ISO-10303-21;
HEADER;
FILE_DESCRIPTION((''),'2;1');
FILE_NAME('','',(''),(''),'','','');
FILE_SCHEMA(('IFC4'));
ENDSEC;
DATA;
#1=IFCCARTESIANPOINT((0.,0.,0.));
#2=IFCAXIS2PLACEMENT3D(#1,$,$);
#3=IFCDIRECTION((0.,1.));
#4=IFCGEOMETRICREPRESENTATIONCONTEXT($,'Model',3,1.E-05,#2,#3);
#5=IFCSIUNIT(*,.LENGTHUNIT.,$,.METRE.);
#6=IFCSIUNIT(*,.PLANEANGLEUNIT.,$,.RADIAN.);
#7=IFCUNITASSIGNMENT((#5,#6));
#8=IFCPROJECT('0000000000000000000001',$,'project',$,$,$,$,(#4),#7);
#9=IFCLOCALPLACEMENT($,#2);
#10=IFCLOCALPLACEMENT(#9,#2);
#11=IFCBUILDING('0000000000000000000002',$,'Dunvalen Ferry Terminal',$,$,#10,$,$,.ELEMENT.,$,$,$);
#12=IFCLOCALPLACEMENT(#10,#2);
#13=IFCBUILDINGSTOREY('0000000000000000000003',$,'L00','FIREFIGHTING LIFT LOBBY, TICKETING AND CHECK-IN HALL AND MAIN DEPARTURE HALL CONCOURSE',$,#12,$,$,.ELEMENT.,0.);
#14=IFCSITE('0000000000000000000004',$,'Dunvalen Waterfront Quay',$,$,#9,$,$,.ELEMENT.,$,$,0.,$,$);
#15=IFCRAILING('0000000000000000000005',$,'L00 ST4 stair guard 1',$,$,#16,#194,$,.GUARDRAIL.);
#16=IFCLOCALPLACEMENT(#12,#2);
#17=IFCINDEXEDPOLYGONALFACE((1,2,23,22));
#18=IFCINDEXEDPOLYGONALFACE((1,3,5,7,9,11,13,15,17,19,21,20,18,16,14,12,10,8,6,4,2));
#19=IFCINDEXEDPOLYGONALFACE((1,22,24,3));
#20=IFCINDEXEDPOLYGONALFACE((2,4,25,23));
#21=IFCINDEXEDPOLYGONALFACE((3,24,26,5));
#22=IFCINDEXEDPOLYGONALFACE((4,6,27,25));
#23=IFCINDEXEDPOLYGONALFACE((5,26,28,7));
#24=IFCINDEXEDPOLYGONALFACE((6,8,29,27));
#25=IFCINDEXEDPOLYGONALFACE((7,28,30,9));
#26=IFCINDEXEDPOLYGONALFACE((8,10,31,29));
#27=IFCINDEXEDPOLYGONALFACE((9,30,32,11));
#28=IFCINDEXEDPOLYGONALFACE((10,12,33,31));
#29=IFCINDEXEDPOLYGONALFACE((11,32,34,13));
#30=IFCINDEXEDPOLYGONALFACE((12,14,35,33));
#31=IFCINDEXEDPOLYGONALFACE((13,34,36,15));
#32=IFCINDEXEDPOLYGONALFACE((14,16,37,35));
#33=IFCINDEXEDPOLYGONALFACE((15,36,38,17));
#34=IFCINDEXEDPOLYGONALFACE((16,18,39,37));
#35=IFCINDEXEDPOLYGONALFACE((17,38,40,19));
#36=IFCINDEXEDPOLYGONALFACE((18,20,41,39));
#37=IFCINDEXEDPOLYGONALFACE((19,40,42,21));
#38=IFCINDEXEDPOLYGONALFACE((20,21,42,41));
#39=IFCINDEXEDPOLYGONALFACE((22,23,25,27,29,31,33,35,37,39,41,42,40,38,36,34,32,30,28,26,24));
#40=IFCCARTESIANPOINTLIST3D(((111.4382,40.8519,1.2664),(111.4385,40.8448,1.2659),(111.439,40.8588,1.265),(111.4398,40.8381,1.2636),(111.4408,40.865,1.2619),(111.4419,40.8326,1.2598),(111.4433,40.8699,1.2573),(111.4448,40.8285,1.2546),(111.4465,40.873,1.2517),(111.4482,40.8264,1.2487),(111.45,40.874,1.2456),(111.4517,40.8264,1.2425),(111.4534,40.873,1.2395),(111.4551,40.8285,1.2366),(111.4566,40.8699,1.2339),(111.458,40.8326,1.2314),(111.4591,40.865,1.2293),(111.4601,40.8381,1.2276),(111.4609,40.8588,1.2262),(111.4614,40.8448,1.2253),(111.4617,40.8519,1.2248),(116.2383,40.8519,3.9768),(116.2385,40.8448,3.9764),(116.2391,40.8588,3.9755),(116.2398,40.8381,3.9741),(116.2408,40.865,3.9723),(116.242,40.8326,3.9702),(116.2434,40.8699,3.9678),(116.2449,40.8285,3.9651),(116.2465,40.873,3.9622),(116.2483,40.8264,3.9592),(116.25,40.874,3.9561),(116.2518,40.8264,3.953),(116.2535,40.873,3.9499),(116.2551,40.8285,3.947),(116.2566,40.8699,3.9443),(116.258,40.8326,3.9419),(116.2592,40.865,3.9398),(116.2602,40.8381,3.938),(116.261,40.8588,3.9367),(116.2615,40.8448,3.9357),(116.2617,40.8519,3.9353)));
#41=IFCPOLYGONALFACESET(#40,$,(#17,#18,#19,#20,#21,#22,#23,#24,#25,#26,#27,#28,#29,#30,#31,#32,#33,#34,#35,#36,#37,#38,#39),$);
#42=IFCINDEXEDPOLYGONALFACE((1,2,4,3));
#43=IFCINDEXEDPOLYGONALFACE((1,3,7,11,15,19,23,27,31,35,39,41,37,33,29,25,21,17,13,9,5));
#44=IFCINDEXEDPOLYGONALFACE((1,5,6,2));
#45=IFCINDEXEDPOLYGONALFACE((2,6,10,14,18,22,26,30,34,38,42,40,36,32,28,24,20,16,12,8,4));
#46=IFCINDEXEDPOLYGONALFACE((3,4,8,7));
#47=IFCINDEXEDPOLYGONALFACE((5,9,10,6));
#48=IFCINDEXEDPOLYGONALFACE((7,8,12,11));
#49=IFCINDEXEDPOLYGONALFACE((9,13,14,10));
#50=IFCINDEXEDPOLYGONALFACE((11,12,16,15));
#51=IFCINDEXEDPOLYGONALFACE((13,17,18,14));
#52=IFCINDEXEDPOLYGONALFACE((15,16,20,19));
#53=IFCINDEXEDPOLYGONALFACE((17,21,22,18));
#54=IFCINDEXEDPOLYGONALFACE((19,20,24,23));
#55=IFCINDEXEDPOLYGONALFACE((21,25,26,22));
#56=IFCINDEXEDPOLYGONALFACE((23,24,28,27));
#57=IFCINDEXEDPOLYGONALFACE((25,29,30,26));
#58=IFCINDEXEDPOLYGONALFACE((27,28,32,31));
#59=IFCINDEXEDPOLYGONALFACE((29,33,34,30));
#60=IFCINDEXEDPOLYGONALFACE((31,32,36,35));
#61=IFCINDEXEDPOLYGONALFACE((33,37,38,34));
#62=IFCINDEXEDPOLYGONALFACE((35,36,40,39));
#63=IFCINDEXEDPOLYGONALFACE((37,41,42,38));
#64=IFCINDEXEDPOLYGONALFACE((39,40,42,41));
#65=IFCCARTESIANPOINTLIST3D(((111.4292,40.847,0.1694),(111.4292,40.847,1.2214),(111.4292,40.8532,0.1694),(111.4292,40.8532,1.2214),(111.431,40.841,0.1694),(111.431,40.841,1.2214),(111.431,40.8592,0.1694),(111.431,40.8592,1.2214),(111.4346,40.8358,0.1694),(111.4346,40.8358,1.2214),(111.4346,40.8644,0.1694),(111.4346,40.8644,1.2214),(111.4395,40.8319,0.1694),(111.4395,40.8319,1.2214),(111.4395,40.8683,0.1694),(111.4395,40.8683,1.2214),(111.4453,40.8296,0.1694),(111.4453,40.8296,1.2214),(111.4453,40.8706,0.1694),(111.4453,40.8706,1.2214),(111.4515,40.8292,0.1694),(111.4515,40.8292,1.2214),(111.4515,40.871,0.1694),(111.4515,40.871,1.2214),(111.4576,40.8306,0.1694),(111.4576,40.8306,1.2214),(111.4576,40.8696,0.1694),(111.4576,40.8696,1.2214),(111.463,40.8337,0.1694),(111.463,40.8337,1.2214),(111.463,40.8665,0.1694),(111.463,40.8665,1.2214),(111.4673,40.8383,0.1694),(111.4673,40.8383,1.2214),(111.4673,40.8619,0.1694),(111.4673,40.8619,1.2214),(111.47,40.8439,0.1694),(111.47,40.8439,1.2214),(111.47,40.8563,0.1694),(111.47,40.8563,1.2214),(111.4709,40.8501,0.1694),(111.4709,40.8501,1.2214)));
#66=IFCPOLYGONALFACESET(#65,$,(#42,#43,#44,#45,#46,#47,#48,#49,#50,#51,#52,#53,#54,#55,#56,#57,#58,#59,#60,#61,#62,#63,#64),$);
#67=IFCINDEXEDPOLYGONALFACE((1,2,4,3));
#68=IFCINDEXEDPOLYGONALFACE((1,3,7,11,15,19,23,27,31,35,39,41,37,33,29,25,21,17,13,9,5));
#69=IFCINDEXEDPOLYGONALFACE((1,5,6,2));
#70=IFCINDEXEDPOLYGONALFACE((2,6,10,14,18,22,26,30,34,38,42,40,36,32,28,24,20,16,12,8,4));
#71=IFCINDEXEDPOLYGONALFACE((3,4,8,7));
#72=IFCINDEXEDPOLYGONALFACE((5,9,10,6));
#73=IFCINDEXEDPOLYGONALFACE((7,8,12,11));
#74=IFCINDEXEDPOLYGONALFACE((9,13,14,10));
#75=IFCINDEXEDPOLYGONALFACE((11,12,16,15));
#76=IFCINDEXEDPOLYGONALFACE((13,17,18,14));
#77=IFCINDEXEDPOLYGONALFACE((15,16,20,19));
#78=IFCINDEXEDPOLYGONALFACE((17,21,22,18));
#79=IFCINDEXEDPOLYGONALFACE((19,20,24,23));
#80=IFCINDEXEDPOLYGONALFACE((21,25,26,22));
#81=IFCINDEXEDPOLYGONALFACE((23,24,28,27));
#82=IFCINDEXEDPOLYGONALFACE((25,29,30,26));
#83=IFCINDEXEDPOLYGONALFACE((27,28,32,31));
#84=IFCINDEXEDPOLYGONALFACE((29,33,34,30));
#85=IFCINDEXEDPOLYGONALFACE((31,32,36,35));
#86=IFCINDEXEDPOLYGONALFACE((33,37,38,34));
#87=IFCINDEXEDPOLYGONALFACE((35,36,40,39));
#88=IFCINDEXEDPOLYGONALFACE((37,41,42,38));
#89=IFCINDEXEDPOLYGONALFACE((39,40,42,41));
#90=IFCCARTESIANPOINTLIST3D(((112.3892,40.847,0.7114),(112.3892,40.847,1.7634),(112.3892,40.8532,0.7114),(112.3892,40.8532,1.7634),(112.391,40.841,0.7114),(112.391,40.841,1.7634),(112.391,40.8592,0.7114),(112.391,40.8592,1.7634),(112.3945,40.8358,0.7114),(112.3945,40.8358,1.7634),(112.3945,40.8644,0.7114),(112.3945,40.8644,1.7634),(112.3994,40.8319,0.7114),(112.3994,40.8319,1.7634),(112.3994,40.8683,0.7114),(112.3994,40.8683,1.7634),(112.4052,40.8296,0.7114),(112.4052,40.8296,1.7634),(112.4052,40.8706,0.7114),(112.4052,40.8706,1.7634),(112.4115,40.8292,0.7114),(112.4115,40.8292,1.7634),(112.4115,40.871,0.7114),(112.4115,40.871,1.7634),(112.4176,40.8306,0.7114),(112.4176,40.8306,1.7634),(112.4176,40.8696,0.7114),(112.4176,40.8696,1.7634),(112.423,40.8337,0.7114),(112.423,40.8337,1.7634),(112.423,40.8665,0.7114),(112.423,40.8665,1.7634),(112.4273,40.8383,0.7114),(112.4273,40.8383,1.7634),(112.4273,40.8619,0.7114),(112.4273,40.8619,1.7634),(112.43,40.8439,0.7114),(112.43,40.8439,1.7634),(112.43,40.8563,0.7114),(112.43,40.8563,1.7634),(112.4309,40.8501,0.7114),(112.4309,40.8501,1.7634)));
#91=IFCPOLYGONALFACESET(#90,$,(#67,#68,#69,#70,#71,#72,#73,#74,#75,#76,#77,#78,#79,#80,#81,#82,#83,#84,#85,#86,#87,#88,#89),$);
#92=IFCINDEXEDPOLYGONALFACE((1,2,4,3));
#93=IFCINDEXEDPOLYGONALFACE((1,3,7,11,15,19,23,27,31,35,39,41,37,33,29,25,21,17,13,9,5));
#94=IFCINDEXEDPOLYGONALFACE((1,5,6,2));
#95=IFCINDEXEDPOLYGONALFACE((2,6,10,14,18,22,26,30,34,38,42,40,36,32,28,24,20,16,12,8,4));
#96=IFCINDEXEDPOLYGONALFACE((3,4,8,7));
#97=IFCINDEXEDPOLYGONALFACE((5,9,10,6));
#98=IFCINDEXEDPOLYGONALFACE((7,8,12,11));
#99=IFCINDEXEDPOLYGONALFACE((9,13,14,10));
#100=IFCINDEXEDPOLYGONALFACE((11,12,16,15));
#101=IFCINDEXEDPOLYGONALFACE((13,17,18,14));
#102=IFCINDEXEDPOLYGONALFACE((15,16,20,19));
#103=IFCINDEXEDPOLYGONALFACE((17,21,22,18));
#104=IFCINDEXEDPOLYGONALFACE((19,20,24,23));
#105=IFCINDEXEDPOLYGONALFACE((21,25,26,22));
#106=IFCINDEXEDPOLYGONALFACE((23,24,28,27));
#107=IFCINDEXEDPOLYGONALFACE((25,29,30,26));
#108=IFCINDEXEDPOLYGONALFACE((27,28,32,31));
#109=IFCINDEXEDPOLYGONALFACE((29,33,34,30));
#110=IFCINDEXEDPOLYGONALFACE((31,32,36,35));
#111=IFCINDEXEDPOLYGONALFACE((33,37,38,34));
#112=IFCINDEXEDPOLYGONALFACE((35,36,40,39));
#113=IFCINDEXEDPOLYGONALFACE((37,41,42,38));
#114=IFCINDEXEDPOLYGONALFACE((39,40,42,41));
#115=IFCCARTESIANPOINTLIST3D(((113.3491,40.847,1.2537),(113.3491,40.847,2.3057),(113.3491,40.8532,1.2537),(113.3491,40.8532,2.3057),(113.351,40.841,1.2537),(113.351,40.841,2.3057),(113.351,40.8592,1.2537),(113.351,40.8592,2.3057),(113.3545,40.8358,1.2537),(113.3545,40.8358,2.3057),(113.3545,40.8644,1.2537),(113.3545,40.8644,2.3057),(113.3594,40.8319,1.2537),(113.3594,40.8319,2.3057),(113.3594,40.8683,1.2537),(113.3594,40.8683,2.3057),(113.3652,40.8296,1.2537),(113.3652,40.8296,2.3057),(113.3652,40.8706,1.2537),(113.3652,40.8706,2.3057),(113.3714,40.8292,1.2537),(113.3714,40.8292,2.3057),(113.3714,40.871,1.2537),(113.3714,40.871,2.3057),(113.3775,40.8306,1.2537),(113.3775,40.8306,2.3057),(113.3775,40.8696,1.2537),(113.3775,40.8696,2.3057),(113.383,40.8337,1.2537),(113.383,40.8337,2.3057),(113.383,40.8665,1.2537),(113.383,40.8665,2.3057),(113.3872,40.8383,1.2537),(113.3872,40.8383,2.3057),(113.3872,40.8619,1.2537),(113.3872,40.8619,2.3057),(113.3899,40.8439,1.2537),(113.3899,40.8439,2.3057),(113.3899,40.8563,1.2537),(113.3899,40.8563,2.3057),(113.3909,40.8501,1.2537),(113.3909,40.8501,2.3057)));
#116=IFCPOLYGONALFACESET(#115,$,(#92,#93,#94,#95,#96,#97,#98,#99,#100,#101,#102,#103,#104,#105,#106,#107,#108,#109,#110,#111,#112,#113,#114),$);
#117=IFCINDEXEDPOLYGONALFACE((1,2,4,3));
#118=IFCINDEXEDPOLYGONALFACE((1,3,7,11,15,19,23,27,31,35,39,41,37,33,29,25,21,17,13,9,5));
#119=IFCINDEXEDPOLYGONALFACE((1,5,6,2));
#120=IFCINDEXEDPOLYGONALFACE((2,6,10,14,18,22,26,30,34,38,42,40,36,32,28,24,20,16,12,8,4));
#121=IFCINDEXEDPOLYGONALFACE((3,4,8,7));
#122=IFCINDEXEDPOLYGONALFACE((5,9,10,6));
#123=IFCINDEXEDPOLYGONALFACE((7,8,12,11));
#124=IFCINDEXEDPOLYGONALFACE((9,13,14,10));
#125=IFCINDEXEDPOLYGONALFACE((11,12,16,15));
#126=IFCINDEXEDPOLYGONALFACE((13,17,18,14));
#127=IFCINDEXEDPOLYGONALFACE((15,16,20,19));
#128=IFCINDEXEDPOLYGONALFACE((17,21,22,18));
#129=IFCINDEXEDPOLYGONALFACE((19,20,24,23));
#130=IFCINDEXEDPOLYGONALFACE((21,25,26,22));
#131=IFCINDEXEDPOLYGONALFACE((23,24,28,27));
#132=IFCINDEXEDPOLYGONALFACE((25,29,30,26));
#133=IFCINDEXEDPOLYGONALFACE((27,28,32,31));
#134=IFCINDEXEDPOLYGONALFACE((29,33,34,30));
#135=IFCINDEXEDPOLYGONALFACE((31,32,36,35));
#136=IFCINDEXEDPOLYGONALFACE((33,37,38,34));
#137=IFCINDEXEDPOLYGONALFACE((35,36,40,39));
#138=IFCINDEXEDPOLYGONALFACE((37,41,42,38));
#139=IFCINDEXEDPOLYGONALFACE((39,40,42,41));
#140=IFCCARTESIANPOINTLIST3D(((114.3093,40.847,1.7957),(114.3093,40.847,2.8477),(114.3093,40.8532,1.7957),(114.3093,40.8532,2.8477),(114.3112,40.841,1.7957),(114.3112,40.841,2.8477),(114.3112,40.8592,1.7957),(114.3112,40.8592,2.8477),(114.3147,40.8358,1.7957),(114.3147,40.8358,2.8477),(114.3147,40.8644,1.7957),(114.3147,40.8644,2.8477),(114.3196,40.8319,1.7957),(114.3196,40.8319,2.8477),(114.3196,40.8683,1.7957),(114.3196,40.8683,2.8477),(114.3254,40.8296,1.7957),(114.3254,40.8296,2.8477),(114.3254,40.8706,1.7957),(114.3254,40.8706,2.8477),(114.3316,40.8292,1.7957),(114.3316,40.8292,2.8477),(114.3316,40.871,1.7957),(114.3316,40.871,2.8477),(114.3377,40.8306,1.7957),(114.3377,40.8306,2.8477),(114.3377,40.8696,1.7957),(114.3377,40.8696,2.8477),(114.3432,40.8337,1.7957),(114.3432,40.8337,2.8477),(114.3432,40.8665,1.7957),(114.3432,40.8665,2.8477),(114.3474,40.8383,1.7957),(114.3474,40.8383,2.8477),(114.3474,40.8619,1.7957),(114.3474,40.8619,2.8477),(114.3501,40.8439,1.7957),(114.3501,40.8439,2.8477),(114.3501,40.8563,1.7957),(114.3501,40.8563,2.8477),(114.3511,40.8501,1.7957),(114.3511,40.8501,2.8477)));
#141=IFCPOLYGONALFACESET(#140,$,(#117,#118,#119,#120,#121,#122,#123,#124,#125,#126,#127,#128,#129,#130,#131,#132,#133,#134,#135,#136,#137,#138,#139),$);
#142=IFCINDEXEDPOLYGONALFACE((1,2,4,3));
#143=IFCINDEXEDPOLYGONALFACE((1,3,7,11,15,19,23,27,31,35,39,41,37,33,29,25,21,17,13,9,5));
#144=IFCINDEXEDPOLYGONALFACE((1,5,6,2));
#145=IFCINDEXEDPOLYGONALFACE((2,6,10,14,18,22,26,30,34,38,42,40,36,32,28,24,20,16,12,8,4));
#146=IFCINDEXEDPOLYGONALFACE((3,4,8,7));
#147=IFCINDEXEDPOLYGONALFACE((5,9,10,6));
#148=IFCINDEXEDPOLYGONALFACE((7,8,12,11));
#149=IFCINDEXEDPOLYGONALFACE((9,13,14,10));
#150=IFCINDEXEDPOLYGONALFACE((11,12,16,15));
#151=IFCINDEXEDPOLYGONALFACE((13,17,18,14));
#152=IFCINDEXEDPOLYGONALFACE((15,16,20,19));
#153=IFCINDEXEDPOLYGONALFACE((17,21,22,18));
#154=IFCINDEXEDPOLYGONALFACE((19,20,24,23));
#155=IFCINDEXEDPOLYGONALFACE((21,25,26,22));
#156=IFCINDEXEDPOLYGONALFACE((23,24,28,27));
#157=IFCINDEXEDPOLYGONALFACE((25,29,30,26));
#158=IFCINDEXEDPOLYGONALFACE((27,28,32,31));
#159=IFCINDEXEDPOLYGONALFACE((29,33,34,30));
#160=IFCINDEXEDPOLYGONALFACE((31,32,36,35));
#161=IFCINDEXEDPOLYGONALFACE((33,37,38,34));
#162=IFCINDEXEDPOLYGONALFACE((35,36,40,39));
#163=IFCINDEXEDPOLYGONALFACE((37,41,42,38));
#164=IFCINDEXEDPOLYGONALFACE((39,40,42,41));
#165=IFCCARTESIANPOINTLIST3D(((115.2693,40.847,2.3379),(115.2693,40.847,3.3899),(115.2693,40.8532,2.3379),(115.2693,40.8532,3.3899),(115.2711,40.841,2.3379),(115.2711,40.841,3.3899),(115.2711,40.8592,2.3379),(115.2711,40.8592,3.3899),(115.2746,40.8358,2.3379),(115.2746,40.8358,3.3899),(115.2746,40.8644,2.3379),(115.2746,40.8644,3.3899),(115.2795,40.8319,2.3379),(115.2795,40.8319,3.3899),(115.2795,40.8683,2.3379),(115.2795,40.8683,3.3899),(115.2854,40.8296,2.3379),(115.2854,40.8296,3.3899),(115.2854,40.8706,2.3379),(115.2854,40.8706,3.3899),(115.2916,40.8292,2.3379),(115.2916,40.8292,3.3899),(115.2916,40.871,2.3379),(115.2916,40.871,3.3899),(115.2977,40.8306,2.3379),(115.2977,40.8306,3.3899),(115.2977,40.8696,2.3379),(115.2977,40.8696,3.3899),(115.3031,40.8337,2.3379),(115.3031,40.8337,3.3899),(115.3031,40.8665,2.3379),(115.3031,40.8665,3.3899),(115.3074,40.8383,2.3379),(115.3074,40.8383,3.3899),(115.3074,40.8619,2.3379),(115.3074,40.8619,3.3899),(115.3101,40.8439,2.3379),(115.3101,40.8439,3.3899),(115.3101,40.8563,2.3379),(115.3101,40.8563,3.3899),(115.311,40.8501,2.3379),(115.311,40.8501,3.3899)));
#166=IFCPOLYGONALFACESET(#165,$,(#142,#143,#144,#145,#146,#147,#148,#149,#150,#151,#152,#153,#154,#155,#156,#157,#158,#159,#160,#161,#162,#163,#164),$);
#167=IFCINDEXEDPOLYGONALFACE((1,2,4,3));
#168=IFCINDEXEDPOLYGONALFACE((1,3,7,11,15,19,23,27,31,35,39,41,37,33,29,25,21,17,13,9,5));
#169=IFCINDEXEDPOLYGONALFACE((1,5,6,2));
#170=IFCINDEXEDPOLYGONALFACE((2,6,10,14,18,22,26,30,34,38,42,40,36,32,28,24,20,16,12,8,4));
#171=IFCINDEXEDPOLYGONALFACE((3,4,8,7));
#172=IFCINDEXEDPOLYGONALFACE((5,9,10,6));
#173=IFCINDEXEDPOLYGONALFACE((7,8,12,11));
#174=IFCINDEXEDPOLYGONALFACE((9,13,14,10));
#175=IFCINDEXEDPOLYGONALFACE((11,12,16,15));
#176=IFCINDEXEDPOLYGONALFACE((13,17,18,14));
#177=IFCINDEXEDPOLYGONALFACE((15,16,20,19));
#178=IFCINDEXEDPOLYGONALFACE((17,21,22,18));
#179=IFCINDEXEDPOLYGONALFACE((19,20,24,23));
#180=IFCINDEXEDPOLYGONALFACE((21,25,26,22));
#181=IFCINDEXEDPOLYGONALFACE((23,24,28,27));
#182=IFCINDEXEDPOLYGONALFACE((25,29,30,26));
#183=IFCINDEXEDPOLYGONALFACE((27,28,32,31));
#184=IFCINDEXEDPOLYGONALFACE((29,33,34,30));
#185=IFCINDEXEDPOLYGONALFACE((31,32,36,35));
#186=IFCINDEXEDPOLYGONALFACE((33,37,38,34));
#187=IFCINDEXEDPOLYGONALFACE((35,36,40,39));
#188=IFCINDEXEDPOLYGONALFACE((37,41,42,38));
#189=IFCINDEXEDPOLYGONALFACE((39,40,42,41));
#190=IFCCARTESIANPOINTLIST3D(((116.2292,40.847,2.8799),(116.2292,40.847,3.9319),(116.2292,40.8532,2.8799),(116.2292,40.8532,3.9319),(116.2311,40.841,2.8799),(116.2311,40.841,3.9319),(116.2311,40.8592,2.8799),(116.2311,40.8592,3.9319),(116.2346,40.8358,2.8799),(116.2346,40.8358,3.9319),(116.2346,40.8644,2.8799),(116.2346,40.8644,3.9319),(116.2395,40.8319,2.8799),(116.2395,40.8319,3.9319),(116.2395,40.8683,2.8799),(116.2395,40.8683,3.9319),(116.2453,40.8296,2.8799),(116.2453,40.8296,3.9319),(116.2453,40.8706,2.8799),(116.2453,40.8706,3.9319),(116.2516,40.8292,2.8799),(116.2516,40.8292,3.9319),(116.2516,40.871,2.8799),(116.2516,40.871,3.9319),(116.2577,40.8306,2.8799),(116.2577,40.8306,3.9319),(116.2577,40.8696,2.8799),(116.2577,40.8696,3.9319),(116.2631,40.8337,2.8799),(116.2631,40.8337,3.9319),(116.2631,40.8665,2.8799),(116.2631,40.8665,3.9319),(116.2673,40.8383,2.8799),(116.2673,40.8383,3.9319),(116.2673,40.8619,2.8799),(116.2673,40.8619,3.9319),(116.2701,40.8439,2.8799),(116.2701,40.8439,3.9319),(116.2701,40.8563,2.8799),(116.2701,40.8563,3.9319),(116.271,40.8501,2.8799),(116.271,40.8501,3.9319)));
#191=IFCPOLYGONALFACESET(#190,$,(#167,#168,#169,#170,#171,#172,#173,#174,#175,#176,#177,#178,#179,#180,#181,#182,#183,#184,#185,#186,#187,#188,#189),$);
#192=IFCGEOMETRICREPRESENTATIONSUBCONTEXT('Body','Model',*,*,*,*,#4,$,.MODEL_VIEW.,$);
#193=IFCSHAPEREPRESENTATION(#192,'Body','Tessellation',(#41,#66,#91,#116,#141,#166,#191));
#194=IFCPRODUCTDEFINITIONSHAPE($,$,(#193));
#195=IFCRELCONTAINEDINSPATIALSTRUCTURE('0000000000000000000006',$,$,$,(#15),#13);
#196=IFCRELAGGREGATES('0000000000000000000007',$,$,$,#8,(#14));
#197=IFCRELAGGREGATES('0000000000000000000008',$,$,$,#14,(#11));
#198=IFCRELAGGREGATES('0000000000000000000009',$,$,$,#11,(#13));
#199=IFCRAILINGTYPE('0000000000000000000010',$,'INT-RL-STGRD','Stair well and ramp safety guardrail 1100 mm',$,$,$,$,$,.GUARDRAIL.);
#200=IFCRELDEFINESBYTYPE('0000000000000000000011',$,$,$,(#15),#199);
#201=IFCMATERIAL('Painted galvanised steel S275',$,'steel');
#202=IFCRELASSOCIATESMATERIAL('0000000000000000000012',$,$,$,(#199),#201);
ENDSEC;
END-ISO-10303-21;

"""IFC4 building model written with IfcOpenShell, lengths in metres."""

from ifc_helpers import new_model, si_unit, direction, frame, origin, origin_2d, place, context, subcontext, project, spatial, circle, extrude, material, type_object, element, save


model = new_model("IFC4")

# Units and contexts
model_context = context("Model", 3, precision=1e-05, world=origin(), true_north=direction((0.0, 1.0)))
body_context = subcontext(model_context, "Body", "Model", "MODEL_VIEW")
ifc_project = project(units=[si_unit("LENGTHUNIT", "METRE"), si_unit("PLANEANGLEUNIT", "RADIAN")], contexts=[model_context])

# Site, building, storey
site_placement = place(None, origin())
site = spatial("IfcSite", under=ifc_project, at=site_placement, Name="Dunvalen Waterfront Quay", CompositionType="ELEMENT", RefElevation=0.0)
building_placement = place(site_placement, origin())
building = spatial("IfcBuilding", under=site, at=building_placement, Name="Dunvalen Ferry Terminal", CompositionType="ELEMENT")
storey_placement = place(building_placement, origin())
storey = spatial("IfcBuildingStorey", under=building, at=storey_placement, Name="L00", Description="FIREFIGHTING LIFT LOBBY, TICKETING AND CHECK-IN HALL AND MAIN DEPARTURE HALL CONCOURSE", CompositionType="ELEMENT", Elevation=0.0)

# Railing
ifc_material_1 = material(Name="Painted galvanised steel S275", Category="steel")
railing_type_1 = type_object("IfcRailingType", Name="INT-RL-STGRD", Description="Stair well and ramp safety guardrail 1100 mm", PredefinedType="GUARDRAIL", material=ifc_material_1)
railing_1_placement = place(storey_placement, frame((111.45, 40.8501, 0.1694)))
element("IfcRailing", 1, at=railing_1_placement, inside=storey, type_object=railing_type_1, Name="L00 ST4 stair guard 1", PredefinedType="GUARDRAIL", context=body_context, shape_type="SweptSolid", body=[
    extrude(circle(Radius=0.0239, at=origin_2d()), frame((0.0, 0.0, 1.0762), z_axis=(0.870767, 0.0, 0.491697), x_axis=(0.0, 1.0, 0.0)), (0.0, 0.0, 1.0), 5.5125),
    extrude(circle(Radius=0.021, at=origin_2d()), origin(), (0.0, 0.0, 1.0), 1.052),
    extrude(circle(Radius=0.021, at=origin_2d()), frame((0.96, 0.0, 0.542)), (0.0, 0.0, 1.0), 1.052),
    extrude(circle(Radius=0.021, at=origin_2d()), frame((1.9199, 0.0, 1.0842)), (0.0, 0.0, 1.0), 1.052),
    extrude(circle(Radius=0.021, at=origin_2d()), frame((2.8801, 0.0, 1.6262)), (0.0, 0.0, 1.0), 1.052),
    extrude(circle(Radius=0.021, at=origin_2d()), frame((3.8401, 0.0, 2.1685)), (0.0, 0.0, 1.0), 1.052),
    extrude(circle(Radius=0.021, at=origin_2d()), frame((4.8, 0.0, 2.7104)), (0.0, 0.0, 1.0), 1.052),
])

save(model, "model.ifc")
